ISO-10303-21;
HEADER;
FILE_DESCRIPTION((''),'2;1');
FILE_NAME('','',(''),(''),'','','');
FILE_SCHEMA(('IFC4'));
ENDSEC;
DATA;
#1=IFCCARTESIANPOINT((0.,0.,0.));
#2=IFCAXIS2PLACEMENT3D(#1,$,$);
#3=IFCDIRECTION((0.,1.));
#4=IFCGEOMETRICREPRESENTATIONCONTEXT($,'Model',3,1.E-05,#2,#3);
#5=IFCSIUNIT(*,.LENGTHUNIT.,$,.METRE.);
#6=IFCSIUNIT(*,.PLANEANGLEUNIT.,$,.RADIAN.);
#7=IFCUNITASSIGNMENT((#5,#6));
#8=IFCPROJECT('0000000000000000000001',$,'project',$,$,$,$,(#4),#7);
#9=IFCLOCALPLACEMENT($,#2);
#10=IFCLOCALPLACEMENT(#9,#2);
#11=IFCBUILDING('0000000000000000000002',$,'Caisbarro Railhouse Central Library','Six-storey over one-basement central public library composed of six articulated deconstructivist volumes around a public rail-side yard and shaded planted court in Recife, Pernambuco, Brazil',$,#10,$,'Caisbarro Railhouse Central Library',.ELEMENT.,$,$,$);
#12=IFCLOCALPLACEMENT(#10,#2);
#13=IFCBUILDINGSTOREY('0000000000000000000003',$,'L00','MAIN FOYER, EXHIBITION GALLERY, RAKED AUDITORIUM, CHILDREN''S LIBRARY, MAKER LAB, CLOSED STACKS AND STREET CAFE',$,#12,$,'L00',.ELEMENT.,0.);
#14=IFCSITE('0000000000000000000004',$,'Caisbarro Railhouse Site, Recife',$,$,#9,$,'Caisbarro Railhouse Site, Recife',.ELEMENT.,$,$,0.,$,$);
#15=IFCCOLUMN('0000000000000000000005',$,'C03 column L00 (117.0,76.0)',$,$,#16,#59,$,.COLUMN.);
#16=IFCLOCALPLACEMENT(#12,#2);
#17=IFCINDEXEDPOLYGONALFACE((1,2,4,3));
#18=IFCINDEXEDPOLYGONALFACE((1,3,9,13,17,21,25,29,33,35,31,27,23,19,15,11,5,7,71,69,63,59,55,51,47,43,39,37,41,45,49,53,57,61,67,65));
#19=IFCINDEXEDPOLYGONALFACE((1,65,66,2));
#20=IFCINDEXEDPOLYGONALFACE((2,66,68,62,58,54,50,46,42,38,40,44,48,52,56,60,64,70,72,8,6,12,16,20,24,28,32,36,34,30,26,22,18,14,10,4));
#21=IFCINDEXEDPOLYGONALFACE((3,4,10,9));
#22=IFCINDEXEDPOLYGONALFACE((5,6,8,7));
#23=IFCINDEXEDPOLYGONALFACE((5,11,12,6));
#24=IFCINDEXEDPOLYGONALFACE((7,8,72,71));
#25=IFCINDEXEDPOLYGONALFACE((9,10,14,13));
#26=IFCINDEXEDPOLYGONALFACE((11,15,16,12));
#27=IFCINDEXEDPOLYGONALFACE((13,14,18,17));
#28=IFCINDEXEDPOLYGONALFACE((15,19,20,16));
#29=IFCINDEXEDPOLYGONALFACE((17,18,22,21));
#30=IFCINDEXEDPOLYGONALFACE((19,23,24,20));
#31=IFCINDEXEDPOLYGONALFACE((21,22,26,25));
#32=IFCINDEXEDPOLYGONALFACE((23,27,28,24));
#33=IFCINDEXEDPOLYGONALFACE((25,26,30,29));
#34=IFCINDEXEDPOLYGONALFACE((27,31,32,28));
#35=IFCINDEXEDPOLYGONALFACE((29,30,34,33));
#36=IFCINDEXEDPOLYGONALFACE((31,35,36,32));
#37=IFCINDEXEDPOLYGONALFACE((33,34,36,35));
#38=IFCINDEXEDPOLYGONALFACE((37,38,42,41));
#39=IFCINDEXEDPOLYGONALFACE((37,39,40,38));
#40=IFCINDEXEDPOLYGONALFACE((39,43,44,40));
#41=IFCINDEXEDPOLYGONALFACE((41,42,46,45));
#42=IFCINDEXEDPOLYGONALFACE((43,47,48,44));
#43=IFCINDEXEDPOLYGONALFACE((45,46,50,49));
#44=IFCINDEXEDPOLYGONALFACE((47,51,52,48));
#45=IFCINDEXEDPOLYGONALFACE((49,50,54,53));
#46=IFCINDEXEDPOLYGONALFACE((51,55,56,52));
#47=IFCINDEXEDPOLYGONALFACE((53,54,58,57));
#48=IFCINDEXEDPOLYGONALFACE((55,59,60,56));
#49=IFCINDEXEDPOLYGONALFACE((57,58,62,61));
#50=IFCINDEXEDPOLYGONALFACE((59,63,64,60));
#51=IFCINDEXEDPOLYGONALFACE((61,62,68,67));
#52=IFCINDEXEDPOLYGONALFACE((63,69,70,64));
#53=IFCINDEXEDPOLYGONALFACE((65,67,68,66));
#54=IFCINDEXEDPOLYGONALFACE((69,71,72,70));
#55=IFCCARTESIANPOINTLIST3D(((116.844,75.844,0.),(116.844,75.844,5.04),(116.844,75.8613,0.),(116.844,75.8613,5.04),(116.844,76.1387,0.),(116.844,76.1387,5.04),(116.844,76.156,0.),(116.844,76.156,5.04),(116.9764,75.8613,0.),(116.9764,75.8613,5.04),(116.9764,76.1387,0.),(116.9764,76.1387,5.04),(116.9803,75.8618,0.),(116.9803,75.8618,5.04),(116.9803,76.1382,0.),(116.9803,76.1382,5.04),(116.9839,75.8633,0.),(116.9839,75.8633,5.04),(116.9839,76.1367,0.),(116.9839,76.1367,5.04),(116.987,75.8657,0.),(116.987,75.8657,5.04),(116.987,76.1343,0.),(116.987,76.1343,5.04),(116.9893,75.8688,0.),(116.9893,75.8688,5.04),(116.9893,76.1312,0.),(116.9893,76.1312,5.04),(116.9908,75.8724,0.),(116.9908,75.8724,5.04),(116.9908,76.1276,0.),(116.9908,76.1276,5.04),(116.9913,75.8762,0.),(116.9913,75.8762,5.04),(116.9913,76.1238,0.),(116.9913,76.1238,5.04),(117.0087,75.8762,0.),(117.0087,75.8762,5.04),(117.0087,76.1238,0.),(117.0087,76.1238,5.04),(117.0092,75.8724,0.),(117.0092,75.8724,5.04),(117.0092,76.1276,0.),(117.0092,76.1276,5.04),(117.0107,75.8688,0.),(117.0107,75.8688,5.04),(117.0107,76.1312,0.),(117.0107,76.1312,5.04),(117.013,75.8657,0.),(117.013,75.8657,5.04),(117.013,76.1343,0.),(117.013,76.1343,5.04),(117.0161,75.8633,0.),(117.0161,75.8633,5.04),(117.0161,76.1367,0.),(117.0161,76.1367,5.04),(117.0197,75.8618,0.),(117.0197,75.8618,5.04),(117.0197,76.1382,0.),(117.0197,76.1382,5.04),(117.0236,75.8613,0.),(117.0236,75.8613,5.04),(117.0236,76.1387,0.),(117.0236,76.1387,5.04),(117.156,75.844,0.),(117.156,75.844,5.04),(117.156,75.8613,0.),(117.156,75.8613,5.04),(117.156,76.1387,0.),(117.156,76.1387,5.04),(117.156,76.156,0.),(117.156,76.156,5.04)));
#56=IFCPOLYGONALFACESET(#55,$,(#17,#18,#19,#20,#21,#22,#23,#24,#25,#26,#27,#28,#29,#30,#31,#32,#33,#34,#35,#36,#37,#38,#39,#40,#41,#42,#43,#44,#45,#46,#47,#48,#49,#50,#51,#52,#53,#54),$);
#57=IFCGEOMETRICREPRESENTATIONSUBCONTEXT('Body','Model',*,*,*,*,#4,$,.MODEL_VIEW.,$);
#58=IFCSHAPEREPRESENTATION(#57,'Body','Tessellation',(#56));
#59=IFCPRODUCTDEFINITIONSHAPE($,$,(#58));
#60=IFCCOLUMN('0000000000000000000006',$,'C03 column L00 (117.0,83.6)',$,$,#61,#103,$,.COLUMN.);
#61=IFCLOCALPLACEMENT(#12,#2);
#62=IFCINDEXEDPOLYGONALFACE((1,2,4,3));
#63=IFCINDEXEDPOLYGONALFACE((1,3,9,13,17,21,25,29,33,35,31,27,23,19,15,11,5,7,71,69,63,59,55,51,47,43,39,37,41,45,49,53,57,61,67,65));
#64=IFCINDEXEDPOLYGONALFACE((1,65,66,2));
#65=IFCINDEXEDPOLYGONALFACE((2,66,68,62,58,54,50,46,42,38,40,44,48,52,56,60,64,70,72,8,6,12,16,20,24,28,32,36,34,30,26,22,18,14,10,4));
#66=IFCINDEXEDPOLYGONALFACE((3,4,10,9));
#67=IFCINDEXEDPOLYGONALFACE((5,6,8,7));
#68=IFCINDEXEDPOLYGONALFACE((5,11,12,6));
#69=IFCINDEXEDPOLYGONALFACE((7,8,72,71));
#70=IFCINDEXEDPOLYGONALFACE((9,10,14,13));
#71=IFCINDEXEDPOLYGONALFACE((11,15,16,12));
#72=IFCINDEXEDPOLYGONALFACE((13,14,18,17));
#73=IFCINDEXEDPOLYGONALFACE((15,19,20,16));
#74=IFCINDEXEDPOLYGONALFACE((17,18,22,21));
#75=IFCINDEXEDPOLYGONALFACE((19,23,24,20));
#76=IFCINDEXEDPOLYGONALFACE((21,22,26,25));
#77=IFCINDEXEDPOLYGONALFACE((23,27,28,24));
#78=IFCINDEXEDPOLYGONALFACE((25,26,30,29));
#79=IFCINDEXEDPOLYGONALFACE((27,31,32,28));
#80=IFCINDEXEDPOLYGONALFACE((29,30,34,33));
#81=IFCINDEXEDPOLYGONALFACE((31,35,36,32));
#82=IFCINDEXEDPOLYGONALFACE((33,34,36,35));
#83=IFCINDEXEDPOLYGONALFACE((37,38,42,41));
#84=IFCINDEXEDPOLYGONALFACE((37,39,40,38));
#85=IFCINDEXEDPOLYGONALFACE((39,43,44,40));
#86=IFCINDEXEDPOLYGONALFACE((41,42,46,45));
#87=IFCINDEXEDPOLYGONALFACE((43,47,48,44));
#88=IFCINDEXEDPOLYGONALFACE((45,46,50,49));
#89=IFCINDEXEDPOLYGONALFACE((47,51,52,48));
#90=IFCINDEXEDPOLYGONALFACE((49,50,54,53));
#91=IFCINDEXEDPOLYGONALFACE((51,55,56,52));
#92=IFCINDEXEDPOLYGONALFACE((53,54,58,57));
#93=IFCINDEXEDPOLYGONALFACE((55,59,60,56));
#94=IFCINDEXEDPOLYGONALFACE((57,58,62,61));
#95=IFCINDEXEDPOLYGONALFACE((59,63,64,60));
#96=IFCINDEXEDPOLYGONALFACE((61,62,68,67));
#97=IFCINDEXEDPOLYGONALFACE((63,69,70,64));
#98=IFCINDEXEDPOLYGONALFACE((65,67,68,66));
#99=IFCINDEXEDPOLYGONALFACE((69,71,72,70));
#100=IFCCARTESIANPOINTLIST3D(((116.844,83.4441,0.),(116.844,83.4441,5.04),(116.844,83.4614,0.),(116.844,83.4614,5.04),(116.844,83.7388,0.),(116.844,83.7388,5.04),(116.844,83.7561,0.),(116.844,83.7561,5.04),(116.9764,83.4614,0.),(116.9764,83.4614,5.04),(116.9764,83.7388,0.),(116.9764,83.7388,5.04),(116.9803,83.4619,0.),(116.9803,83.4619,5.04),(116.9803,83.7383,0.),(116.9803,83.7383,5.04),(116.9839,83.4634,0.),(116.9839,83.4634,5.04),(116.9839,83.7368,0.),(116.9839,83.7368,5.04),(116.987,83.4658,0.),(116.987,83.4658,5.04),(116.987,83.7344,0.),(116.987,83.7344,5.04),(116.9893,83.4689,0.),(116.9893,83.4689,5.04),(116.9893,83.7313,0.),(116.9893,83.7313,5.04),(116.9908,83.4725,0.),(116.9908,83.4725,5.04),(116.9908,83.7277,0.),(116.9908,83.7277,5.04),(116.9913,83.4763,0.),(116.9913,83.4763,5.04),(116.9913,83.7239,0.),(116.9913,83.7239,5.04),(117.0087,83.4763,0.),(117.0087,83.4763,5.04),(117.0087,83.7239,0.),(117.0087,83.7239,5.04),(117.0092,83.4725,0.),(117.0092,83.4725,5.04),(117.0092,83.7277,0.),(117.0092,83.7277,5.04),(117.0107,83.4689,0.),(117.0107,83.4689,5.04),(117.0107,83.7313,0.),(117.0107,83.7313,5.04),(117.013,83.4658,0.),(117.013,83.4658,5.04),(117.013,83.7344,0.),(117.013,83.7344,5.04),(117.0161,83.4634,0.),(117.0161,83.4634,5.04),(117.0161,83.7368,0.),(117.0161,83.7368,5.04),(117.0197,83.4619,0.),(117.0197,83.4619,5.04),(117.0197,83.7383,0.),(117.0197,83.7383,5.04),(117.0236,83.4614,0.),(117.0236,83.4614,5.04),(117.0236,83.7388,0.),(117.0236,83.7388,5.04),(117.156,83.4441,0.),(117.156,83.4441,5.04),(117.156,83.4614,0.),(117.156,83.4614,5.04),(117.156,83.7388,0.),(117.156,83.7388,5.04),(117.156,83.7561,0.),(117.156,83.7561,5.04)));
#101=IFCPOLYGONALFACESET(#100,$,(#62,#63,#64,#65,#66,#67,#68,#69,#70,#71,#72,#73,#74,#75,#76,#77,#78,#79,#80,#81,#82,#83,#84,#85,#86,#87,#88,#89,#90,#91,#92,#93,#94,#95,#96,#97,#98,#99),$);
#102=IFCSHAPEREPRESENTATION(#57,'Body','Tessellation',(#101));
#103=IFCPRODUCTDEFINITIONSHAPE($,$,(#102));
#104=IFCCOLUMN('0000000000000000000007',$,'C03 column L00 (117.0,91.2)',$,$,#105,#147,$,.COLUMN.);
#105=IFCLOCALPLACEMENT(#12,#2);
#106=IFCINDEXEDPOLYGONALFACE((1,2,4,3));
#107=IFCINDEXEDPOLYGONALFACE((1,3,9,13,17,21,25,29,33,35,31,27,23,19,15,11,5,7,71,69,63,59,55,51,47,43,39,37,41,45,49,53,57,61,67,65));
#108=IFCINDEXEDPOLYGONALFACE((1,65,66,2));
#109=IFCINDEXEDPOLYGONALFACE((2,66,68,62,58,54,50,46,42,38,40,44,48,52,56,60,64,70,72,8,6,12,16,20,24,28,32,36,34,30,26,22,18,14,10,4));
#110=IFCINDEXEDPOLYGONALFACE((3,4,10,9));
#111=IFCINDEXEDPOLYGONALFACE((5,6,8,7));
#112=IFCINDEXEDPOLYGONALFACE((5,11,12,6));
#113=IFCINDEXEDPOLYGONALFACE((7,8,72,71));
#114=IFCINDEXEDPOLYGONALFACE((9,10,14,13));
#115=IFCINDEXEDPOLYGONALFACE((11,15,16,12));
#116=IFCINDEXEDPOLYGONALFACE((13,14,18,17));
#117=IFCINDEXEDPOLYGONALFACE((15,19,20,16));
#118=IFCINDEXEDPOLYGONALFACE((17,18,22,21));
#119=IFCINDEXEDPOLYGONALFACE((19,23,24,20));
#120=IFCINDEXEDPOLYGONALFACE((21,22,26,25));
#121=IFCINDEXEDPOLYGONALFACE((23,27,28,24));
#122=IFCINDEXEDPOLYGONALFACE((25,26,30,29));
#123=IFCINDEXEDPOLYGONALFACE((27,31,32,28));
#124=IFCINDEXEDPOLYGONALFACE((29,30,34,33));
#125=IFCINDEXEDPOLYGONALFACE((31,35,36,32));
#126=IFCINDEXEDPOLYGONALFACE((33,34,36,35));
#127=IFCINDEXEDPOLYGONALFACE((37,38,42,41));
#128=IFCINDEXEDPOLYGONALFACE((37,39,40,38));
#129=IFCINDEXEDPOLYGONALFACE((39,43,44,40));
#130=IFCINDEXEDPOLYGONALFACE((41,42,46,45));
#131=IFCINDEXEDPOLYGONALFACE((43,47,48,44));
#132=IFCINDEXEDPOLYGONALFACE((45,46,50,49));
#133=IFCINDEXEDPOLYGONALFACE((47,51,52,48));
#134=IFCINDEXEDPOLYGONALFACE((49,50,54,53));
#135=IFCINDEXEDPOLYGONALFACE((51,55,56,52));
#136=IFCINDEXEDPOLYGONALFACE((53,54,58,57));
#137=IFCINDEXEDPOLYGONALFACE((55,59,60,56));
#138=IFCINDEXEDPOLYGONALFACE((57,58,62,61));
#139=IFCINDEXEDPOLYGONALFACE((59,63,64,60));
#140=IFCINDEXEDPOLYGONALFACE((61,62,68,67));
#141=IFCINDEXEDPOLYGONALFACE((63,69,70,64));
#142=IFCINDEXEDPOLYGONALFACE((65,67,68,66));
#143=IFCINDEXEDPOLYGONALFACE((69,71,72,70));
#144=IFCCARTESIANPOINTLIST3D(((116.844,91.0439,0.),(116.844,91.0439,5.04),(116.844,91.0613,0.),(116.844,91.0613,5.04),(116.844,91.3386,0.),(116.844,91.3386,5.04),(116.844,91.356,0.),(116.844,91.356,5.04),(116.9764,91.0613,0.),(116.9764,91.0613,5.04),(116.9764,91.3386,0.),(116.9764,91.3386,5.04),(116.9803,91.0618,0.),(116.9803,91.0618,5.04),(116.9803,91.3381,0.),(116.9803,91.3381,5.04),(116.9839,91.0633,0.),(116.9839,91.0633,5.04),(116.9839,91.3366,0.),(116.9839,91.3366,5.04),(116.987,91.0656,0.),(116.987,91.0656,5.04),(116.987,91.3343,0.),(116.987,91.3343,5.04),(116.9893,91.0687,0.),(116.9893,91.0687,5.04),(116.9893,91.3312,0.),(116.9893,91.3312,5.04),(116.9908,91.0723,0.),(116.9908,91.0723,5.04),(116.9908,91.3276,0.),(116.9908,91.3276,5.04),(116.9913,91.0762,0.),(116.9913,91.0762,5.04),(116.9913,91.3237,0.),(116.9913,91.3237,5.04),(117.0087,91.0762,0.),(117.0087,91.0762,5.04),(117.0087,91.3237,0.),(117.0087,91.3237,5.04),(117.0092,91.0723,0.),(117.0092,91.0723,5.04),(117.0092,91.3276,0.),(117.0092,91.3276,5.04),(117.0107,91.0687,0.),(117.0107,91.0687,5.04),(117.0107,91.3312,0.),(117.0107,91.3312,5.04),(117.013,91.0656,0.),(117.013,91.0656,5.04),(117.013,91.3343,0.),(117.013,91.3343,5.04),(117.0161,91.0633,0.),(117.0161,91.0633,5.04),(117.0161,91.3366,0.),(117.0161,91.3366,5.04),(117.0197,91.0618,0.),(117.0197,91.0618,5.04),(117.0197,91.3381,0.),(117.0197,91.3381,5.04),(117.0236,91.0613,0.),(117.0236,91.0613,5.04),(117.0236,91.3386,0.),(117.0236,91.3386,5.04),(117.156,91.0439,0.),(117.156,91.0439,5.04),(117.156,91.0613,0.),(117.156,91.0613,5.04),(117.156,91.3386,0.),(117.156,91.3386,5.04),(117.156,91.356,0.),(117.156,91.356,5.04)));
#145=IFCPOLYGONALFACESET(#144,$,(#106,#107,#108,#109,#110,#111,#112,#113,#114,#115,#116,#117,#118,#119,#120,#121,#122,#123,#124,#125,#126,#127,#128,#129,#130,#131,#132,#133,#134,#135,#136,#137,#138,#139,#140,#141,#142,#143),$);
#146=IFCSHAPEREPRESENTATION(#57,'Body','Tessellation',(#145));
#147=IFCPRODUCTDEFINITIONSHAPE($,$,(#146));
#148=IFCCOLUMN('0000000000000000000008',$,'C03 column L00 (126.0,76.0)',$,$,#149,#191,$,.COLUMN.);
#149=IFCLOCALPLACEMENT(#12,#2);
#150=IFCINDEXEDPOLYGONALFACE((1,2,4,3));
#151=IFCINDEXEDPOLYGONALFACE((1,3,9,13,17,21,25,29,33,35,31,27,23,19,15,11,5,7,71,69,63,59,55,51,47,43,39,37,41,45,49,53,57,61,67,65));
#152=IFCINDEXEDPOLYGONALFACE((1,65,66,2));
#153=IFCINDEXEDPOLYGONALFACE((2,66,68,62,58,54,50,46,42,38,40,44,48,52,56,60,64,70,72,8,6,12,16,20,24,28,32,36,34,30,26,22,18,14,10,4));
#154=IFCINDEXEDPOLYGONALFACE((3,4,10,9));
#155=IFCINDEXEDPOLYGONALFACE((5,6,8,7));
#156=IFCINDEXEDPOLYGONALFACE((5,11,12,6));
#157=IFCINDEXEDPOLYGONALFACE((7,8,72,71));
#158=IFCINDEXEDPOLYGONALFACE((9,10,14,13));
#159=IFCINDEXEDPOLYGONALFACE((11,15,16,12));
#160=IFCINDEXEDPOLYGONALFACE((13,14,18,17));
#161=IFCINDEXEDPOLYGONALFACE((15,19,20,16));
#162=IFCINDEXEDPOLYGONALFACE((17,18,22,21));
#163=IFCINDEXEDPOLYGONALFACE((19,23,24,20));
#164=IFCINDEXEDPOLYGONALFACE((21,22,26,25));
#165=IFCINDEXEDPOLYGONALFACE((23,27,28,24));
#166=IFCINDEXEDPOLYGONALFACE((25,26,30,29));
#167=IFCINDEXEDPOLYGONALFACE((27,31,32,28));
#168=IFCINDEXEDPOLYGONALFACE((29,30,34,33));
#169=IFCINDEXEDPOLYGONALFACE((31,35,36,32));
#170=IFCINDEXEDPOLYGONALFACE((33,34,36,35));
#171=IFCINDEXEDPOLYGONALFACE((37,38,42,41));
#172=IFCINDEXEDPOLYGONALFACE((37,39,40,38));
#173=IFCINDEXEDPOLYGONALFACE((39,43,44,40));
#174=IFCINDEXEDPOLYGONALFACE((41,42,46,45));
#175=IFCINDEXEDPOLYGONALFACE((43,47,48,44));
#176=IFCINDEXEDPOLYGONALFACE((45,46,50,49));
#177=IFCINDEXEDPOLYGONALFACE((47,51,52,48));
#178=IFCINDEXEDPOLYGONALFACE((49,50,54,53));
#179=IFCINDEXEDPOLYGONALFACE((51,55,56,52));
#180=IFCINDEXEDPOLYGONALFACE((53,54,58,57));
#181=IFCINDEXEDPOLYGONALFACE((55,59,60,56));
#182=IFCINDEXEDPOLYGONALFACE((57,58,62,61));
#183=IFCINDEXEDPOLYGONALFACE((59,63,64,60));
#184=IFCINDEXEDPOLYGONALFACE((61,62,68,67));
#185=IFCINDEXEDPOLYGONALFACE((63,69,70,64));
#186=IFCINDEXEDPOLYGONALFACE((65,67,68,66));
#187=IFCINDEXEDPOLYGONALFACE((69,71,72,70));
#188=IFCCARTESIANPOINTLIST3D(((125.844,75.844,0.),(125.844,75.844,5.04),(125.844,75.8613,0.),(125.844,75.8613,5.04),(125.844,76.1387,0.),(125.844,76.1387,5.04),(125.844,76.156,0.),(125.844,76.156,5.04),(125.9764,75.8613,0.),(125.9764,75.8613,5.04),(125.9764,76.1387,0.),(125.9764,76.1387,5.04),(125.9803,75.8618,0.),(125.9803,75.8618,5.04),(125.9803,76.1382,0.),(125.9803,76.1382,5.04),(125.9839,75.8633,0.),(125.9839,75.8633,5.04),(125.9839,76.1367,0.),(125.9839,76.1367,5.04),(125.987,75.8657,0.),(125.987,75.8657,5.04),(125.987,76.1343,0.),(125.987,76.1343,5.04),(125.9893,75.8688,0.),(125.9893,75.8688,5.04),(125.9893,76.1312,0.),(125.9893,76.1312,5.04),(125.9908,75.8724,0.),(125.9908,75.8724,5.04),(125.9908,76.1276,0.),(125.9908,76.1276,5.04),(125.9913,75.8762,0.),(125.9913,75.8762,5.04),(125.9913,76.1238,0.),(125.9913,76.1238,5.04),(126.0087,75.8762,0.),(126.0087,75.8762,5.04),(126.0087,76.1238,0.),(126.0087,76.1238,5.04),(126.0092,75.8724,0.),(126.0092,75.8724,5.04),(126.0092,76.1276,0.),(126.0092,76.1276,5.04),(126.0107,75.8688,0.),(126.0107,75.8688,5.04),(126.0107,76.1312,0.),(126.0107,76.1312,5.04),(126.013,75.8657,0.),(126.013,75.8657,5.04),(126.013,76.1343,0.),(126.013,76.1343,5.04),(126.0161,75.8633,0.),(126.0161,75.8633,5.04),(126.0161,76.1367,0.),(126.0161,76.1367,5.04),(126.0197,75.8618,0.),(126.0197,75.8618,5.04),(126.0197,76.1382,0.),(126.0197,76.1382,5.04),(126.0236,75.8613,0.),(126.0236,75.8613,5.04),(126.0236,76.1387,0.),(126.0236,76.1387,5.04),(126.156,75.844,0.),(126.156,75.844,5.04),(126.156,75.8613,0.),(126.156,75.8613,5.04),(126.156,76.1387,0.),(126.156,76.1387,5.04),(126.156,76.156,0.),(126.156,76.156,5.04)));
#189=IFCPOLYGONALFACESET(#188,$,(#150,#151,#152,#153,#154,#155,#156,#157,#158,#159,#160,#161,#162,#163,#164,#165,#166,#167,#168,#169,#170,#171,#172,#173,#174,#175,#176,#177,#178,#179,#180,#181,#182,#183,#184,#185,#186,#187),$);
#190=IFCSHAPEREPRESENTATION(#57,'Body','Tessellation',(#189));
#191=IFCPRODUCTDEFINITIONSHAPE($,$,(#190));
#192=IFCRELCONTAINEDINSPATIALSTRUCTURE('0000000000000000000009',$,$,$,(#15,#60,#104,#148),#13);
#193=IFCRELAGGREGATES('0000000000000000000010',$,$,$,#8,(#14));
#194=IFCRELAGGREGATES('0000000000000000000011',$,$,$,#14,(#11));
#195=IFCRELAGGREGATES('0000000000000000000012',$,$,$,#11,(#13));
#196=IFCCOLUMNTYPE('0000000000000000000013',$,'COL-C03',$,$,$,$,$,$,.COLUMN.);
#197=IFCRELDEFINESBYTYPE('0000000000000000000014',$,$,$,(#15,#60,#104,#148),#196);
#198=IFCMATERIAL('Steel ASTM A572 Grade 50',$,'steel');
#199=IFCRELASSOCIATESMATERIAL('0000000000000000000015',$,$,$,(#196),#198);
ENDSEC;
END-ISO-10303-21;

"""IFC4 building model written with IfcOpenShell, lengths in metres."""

from ifc_helpers import new_model, si_unit, direction, frame, origin, origin_2d, place, context, subcontext, project, spatial, i_section, extrude, material, material_profile, profile_set, type_object, element, save


model = new_model("IFC4")

# Units and contexts
model_context = context("Model", 3, precision=1e-05, world=origin(), true_north=direction((0.0, 1.0)))
body_context = subcontext(model_context, "Body", "Model", "MODEL_VIEW")
ifc_project = project(units=[si_unit("LENGTHUNIT", "METRE"), si_unit("PLANEANGLEUNIT", "RADIAN")], contexts=[model_context])

# Site, building, storey
site_placement = place(None, origin())
site = spatial("IfcSite", under=ifc_project, at=site_placement, Name="Caisbarro Railhouse Site, Recife", LongName="Caisbarro Railhouse Site, Recife", CompositionType="ELEMENT", RefElevation=0.0)
building_placement = place(site_placement, origin())
building = spatial("IfcBuilding", under=site, at=building_placement, Name="Caisbarro Railhouse Central Library", Description="Six-storey over one-basement central public library composed of six articulated deconstructivist volumes around a public rail-side yard and shaded planted court in Recife, Pernambuco, Brazil", LongName="Caisbarro Railhouse Central Library", CompositionType="ELEMENT")
storey_placement = place(building_placement, origin())
storey = spatial("IfcBuildingStorey", under=building, at=storey_placement, Name="L00", Description="MAIN FOYER, EXHIBITION GALLERY, RAKED AUDITORIUM, CHILDREN'S LIBRARY, MAKER LAB, CLOSED STACKS AND STREET CAFE", LongName="L00", CompositionType="ELEMENT", Elevation=0.0)

# Columns
ifc_material_1 = material(Name="Steel ASTM A572 Grade 50", Category="steel")
ifc_material_profile_1 = material_profile(ifc_material_1, i_section(OverallWidth=0.312, OverallDepth=0.312, WebThickness=0.0173, FlangeThickness=0.0173, FilletRadius=0.0149, at=origin_2d()), Name="HP310X125.0")
ifc_profile_set_1 = profile_set([ifc_material_profile_1], Name="Steel ASTM A572 Grade 50")
column_type = type_object("IfcColumnType", Name="COL-C03", PredefinedType="COLUMN", material=ifc_profile_set_1)
for number, where, z_axis, x_axis, name in (
    (1, (117.0, 76.0, 0.0), (0.0, 0.0, 1.0), (1.0, 0.0, 0.0), "C03 column L00 (117.0,76.0)"),
    (2, (117.0, 83.6001, 0.0), (0.0, 0.0, 1.0), (1.0, 0.0, 0.0), "C03 column L00 (117.0,83.6)"),
    (3, (117.0, 91.2, 0.0), (0.0, 0.0, 1.0), (1.0, 0.0, 0.0), "C03 column L00 (117.0,91.2)"),
    (4, (126.0, 76.0, 0.0), (0.0, 0.0, 1.0), (1.0, 0.0, 0.0), "C03 column L00 (126.0,76.0)"),
):
    element("IfcColumn", number, at=place(storey_placement, frame(where, z_axis=z_axis, x_axis=x_axis)), inside=storey, type_object=column_type, Name=name, PredefinedType="COLUMN", context=body_context, shape_type="SweptSolid", body=[
        extrude(i_section(OverallWidth=0.312, OverallDepth=0.312, WebThickness=0.0173, FlangeThickness=0.0173, FilletRadius=0.0149, at=origin_2d()), origin(), (0.0, 0.0, 1.0), 5.04),
    ])

save(model, "model.ifc")
